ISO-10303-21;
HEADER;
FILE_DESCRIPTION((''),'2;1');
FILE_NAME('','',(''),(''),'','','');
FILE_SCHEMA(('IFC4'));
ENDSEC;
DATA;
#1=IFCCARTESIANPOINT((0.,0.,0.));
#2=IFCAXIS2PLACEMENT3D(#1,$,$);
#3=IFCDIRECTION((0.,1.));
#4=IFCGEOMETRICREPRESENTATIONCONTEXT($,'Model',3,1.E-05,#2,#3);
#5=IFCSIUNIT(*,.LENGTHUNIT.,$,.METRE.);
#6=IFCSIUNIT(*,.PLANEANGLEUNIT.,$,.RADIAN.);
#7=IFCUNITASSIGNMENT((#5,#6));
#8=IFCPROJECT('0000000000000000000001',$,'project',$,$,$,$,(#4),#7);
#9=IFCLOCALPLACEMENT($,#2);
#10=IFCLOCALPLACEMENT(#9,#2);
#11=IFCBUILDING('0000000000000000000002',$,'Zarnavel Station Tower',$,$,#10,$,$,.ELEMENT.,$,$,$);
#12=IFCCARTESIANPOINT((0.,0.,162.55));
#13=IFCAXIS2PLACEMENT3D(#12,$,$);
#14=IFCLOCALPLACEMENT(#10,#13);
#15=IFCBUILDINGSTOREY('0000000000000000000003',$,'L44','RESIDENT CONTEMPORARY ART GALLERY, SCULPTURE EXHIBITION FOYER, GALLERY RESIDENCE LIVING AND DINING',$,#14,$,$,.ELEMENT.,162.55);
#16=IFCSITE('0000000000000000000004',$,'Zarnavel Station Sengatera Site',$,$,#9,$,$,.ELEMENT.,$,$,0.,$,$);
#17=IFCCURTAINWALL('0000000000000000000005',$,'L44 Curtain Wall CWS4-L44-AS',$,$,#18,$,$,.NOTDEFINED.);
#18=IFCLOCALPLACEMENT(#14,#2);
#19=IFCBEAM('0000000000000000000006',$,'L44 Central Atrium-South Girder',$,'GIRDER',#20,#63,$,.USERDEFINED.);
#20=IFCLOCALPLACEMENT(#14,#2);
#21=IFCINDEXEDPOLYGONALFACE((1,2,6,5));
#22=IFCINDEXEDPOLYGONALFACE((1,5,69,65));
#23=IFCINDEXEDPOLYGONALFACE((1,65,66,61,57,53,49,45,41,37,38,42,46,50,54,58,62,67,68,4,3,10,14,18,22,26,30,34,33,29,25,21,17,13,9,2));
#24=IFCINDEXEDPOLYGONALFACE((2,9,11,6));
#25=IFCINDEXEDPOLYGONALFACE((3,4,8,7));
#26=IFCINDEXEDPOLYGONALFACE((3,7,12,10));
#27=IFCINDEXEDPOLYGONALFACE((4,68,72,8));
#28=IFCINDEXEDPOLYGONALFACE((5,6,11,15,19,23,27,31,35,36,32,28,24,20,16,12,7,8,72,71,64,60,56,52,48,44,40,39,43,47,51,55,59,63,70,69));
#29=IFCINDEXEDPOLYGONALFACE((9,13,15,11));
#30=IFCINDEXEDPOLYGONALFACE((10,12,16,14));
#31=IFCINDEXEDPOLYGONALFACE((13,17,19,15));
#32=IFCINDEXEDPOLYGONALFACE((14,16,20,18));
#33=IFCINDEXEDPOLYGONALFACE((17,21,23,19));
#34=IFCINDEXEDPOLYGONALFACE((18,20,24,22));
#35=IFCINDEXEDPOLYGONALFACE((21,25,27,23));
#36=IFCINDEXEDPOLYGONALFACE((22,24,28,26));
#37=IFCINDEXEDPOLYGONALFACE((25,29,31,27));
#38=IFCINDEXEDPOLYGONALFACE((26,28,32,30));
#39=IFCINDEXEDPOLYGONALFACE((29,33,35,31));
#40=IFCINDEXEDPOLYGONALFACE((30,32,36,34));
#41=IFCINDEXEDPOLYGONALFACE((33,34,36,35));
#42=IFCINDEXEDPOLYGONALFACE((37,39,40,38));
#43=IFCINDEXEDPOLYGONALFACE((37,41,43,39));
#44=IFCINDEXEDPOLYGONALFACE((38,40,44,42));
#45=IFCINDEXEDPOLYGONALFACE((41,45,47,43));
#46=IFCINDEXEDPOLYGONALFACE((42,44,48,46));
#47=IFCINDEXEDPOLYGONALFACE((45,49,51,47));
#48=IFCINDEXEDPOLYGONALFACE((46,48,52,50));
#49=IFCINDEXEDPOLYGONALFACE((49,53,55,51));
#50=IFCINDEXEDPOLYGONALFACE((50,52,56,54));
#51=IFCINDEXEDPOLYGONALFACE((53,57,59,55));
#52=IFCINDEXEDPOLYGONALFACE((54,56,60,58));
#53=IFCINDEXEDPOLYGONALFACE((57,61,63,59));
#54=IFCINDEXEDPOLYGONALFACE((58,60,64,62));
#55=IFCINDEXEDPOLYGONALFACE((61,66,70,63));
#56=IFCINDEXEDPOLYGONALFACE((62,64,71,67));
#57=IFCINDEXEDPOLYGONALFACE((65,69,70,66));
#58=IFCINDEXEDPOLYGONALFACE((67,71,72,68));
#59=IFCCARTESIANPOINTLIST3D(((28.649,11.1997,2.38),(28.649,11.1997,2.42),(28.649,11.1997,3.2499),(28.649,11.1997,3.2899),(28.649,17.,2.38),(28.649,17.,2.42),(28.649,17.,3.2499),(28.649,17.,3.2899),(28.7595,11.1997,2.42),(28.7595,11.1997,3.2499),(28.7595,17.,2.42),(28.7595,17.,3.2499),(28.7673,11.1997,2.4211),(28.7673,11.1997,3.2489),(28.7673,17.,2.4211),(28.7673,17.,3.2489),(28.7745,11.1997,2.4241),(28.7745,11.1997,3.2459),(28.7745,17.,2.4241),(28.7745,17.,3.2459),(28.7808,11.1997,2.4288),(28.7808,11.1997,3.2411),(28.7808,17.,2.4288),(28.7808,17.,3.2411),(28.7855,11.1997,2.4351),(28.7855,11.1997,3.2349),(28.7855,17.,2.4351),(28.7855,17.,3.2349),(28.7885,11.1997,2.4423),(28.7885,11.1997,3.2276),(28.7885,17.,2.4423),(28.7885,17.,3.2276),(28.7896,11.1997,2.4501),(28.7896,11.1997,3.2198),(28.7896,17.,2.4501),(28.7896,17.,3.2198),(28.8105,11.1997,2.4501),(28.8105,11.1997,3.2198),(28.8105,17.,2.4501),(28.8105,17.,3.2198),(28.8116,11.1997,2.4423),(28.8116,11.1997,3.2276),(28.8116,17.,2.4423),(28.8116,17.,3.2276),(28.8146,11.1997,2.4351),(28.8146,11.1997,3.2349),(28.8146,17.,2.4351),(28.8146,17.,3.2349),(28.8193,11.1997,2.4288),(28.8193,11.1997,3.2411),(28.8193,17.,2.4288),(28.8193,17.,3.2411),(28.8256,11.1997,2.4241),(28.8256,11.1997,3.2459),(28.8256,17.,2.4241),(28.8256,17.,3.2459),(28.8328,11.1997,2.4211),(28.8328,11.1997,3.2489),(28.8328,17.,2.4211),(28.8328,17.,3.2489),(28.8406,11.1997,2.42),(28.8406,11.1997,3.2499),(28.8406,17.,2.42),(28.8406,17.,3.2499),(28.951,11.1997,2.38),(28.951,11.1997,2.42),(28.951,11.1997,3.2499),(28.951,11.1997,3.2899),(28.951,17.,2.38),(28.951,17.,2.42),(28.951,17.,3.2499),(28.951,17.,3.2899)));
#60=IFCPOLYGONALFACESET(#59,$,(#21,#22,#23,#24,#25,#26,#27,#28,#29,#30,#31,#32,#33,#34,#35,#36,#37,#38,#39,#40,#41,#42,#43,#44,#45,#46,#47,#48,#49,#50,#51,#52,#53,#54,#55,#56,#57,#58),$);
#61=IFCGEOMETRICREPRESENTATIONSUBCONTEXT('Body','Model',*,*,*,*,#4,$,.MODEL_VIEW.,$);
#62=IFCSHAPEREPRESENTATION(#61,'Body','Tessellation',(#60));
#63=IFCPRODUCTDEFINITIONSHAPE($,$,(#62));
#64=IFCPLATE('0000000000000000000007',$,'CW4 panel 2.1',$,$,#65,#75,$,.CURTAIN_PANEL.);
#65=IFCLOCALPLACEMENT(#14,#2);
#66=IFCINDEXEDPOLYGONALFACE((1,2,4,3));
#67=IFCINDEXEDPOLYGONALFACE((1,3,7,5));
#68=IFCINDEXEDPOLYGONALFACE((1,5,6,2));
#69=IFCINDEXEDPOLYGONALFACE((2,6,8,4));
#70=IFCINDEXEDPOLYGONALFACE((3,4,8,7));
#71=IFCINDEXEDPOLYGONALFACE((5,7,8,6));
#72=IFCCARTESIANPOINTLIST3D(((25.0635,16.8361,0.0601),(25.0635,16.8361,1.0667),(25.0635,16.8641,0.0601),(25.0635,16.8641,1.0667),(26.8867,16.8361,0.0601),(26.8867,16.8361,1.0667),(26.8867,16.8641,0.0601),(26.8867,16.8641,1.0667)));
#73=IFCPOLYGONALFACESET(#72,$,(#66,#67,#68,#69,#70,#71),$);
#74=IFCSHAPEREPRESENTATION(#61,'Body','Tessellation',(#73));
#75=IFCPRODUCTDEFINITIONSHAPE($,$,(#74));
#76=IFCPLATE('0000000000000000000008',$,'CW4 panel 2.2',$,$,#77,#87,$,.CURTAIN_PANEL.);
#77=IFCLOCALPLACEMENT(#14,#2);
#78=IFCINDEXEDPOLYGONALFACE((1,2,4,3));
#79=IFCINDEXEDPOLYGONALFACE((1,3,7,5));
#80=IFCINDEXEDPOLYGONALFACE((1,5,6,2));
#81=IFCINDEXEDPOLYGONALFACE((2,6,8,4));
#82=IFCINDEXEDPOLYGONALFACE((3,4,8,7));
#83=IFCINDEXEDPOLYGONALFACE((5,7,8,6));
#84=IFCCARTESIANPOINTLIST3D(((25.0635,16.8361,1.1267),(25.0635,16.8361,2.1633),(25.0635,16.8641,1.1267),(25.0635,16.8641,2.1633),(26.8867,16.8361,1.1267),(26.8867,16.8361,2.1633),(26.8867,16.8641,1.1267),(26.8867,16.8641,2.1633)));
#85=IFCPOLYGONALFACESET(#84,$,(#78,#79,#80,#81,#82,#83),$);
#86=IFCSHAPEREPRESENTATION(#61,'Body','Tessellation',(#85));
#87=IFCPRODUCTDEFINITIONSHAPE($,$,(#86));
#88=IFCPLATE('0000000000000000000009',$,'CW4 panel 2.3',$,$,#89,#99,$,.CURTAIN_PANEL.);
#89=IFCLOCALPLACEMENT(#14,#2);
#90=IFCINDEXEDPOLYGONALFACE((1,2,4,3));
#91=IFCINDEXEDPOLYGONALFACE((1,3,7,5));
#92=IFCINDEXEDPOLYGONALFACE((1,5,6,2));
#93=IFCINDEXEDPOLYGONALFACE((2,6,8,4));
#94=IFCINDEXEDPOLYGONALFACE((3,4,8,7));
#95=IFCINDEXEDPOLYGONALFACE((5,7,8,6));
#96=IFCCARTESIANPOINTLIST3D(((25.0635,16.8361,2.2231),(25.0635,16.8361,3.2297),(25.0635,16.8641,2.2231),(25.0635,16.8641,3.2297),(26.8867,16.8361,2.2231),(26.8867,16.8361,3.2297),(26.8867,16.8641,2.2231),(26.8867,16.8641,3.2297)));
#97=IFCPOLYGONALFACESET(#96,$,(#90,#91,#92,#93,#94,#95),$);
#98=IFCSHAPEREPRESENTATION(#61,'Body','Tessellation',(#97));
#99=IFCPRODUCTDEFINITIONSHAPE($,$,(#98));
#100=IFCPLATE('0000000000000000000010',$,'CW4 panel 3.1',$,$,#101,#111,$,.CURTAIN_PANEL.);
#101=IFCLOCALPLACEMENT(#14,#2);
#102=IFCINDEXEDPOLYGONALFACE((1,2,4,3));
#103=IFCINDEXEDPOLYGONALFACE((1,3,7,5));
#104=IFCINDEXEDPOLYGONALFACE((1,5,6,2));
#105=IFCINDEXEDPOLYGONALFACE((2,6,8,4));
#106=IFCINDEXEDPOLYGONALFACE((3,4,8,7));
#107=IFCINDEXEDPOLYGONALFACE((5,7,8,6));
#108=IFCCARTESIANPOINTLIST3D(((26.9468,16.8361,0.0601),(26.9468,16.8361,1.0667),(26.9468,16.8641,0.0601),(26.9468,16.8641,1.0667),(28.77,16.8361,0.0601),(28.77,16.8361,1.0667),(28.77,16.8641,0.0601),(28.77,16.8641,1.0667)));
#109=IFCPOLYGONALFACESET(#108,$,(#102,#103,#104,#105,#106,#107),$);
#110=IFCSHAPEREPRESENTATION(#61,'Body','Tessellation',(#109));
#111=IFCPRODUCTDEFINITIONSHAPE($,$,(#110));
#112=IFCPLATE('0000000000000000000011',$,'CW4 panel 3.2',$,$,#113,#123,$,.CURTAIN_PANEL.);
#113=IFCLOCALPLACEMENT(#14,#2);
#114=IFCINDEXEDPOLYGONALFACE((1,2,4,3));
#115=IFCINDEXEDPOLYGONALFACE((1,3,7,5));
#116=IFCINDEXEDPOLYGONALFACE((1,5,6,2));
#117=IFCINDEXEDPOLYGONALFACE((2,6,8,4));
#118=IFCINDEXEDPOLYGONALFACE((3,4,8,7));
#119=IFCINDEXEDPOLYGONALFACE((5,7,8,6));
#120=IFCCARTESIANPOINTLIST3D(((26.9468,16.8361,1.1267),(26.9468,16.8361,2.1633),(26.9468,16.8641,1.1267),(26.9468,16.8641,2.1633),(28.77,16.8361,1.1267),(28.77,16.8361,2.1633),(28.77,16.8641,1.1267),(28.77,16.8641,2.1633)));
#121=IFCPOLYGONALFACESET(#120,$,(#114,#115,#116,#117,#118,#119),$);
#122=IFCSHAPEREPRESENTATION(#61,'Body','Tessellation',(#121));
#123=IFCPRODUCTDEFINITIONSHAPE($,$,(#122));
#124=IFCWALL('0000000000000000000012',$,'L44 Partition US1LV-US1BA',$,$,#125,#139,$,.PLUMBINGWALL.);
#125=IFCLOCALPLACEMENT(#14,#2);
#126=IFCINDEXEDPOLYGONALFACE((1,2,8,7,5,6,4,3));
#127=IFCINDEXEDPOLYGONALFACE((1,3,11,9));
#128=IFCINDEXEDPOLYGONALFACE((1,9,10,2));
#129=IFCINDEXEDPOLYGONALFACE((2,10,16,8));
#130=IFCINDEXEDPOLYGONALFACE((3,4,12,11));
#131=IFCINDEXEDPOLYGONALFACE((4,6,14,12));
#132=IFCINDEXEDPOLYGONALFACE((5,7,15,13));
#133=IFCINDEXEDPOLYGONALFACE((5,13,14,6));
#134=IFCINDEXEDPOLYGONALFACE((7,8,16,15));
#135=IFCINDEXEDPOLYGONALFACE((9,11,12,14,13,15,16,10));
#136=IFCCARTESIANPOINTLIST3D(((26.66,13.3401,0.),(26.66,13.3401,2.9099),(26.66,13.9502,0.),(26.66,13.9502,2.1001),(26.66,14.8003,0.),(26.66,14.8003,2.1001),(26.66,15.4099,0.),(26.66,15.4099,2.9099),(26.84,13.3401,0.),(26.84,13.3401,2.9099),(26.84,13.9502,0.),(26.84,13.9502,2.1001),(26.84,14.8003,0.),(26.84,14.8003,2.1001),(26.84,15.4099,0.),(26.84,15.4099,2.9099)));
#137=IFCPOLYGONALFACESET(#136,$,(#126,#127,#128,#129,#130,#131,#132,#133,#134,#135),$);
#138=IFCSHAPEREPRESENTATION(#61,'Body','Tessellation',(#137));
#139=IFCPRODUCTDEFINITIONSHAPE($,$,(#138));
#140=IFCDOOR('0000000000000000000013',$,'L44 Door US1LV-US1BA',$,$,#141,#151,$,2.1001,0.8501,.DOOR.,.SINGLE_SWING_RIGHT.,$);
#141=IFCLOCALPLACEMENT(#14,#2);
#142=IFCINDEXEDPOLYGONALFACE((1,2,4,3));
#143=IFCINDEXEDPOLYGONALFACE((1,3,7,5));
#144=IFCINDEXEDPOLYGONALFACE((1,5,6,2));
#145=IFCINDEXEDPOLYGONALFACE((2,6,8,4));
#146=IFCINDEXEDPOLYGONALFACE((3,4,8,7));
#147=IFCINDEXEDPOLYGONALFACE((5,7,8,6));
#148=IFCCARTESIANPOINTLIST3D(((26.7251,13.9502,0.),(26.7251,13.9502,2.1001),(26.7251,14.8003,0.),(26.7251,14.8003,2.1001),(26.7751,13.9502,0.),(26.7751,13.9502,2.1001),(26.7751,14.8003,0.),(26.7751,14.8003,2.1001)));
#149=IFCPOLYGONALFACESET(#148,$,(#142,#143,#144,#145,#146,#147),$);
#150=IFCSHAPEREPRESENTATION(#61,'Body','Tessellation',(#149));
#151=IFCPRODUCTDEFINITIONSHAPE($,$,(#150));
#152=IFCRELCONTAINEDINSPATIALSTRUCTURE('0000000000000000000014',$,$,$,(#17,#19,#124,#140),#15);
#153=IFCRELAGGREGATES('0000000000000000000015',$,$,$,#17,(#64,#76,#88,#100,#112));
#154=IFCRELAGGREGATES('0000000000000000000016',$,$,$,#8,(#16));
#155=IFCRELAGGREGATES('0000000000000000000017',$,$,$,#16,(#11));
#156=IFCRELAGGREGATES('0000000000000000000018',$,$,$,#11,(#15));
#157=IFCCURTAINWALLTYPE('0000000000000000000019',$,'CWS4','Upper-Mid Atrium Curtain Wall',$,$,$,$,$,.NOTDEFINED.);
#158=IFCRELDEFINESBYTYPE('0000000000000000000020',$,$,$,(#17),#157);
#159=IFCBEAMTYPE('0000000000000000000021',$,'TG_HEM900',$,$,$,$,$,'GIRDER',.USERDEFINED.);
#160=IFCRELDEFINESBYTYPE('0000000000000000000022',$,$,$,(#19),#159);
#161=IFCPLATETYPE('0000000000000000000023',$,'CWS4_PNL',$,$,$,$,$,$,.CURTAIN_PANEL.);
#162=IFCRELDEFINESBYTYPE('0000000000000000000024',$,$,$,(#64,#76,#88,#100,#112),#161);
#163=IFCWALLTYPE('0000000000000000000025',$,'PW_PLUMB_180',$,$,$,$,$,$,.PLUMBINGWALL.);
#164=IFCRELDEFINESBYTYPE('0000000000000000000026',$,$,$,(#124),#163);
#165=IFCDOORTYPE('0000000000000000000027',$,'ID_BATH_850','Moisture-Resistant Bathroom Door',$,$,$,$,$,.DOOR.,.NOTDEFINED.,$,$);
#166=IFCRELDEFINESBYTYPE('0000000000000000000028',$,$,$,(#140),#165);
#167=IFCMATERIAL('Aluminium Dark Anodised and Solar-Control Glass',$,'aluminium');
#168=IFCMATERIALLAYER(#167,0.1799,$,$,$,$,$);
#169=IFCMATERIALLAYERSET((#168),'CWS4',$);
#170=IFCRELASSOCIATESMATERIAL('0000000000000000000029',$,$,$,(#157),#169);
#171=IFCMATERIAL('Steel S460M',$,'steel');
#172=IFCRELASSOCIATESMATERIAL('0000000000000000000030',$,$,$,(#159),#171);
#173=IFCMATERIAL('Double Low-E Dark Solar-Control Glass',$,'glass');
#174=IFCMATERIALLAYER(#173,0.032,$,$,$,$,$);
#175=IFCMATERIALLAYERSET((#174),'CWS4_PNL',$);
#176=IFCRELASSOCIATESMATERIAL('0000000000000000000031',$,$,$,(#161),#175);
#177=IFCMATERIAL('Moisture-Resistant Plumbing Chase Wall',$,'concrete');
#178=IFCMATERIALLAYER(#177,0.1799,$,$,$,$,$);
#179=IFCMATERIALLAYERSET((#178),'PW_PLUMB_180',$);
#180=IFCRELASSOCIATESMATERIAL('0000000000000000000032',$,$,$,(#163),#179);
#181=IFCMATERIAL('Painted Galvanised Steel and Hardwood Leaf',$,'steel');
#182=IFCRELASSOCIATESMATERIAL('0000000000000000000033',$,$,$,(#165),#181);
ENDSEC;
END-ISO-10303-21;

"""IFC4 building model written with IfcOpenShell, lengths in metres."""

from ifc_helpers import new_model, si_unit, direction, frame, frame_2d, origin, origin_2d, place, context, subcontext, project, spatial, rectangle, i_section, extrude, material, layer, layer_set, material_profile, profile_set, type_object, element, fill, aggregate, save


model = new_model("IFC4")

# Units and contexts
model_context = context("Model", 3, precision=1e-05, world=origin(), true_north=direction((0.0, 1.0)))
body_context = subcontext(model_context, "Body", "Model", "MODEL_VIEW")
ifc_project = project(units=[si_unit("LENGTHUNIT", "METRE"), si_unit("PLANEANGLEUNIT", "RADIAN")], contexts=[model_context])

# Site, building, storey
site_placement = place(None, origin())
site = spatial("IfcSite", under=ifc_project, at=site_placement, Name="Zarnavel Station Sengatera Site", CompositionType="ELEMENT", RefElevation=0.0)
building_placement = place(site_placement, origin())
building = spatial("IfcBuilding", under=site, at=building_placement, Name="Zarnavel Station Tower", CompositionType="ELEMENT")
storey_placement = place(building_placement, frame((0.0, 0.0, 162.55)))
storey = spatial("IfcBuildingStorey", under=building, at=storey_placement, Name="L44", Description="RESIDENT CONTEMPORARY ART GALLERY, SCULPTURE EXHIBITION FOYER, GALLERY RESIDENCE LIVING AND DINING", CompositionType="ELEMENT", Elevation=162.55)

# Curtain wall
ifc_material_1 = material(Name="Aluminium Dark Anodised and Solar-Control Glass", Category="aluminium")
ifc_layer_1 = layer(ifc_material_1, 0.1799)
ifc_layer_set_1 = layer_set([ifc_layer_1], Name="CWS4")
curtain_wall_type = type_object("IfcCurtainWallType", Name="CWS4", Description="Upper-Mid Atrium Curtain Wall", PredefinedType="NOTDEFINED", material=ifc_layer_set_1)
curtain_wall_placement = place(storey_placement, origin())
curtain_wall = element("IfcCurtainWall", 1, at=curtain_wall_placement, inside=storey, type_object=curtain_wall_type, Name="L44 Curtain Wall CWS4-L44-AS", PredefinedType="NOTDEFINED")

# Beam
ifc_material_2 = material(Name="Steel S460M", Category="steel")
ifc_material_profile_1 = material_profile(ifc_material_2, i_section(OverallWidth=0.302, OverallDepth=0.9099, WebThickness=0.021, FlangeThickness=0.04, FilletRadius=0.03, at=origin_2d()), Name="HEM900")
ifc_profile_set_1 = profile_set([ifc_material_profile_1], Name="Steel S460M")
beam_type = type_object("IfcBeamType", Name="TG_HEM900", ElementType="GIRDER", PredefinedType="USERDEFINED", material=ifc_profile_set_1)
beam_placement = place(storey_placement, frame((28.8, 11.1997, 2.835), z_axis=(0.0, 1.0, 0.0), x_axis=(-1.0, 0.0, 0.0)))
element("IfcBeam", 2, at=beam_placement, inside=storey, type_object=beam_type, Name="L44 Central Atrium-South Girder", ObjectType="GIRDER", PredefinedType="USERDEFINED", context=body_context, shape_type="SweptSolid", body=[
    extrude(i_section(OverallWidth=0.302, OverallDepth=0.9099, WebThickness=0.021, FlangeThickness=0.04, FilletRadius=0.03, at=origin_2d()), origin(), (0.0, 0.0, 1.0), 5.8003),
])

# Plates
ifc_material_3 = material(Name="Double Low-E Dark Solar-Control Glass", Category="glass")
ifc_layer_2 = layer(ifc_material_3, 0.032)
ifc_layer_set_2 = layer_set([ifc_layer_2], Name="CWS4_PNL")
plate_type = type_object("IfcPlateType", Name="CWS4_PNL", PredefinedType="CURTAIN_PANEL", material=ifc_layer_set_2)
plate_1_placement = place(storey_placement, frame((25.9751, 16.8501, 0.0601), z_axis=(0.0, 0.0, 1.0), x_axis=(1.0, 0.0, 0.0)))
plate_1 = element("IfcPlate", 3, at=plate_1_placement, type_object=plate_type, Name="CW4 panel 2.1", PredefinedType="CURTAIN_PANEL", context=body_context, shape_type="SweptSolid", body=[
    extrude(rectangle(XDim=1.8232, YDim=0.0281, at=origin_2d()), origin(), (0.0, 0.0, 1.0), 1.0066),
])
plate_2_placement = place(storey_placement, frame((25.9751, 16.8501, 1.1267), z_axis=(0.0, 0.0, 1.0), x_axis=(1.0, 0.0, 0.0)))
plate_2 = element("IfcPlate", 4, at=plate_2_placement, type_object=plate_type, Name="CW4 panel 2.2", PredefinedType="CURTAIN_PANEL", context=body_context, shape_type="SweptSolid", body=[
    extrude(rectangle(XDim=1.8232, YDim=0.0281, at=origin_2d()), origin(), (0.0, 0.0, 1.0), 1.0366),
])
plate_3_placement = place(storey_placement, frame((25.9751, 16.8501, 2.2231), z_axis=(0.0, 0.0, 1.0), x_axis=(1.0, 0.0, 0.0)))
plate_3 = element("IfcPlate", 5, at=plate_3_placement, type_object=plate_type, Name="CW4 panel 2.3", PredefinedType="CURTAIN_PANEL", context=body_context, shape_type="SweptSolid", body=[
    extrude(rectangle(XDim=1.8232, YDim=0.0281, at=origin_2d()), origin(), (0.0, 0.0, 1.0), 1.0066),
])
plate_4_placement = place(storey_placement, frame((27.8584, 16.8501, 0.0601), z_axis=(0.0, 0.0, 1.0), x_axis=(1.0, 0.0, 0.0)))
plate_4 = element("IfcPlate", 6, at=plate_4_placement, type_object=plate_type, Name="CW4 panel 3.1", PredefinedType="CURTAIN_PANEL", context=body_context, shape_type="SweptSolid", body=[
    extrude(rectangle(XDim=1.8232, YDim=0.0281, at=origin_2d()), origin(), (0.0, 0.0, 1.0), 1.0066),
])
plate_5_placement = place(storey_placement, frame((27.8584, 16.8501, 1.1267), z_axis=(0.0, 0.0, 1.0), x_axis=(1.0, 0.0, 0.0)))
plate_5 = element("IfcPlate", 7, at=plate_5_placement, type_object=plate_type, Name="CW4 panel 3.2", PredefinedType="CURTAIN_PANEL", context=body_context, shape_type="SweptSolid", body=[
    extrude(rectangle(XDim=1.8232, YDim=0.0281, at=origin_2d()), origin(), (0.0, 0.0, 1.0), 1.0366),
])
aggregate(curtain_wall, [plate_1, plate_2, plate_3, plate_4, plate_5])

# Wall, opening, door
ifc_material_4 = material(Name="Moisture-Resistant Plumbing Chase Wall", Category="concrete")
ifc_layer_3 = layer(ifc_material_4, 0.1799)
ifc_layer_set_3 = layer_set([ifc_layer_3], Name="PW_PLUMB_180")
wall_type_1 = type_object("IfcWallType", Name="PW_PLUMB_180", PredefinedType="PLUMBINGWALL", material=ifc_layer_set_3)
wall_1_placement = place(storey_placement, frame((26.75, 13.3401, 0.0), z_axis=(0.0, 0.0, 1.0), x_axis=(0.0, 1.0, 0.0)))
wall_1 = element("IfcWall", 8, at=wall_1_placement, inside=storey, type_object=wall_type_1, Name="L44 Partition US1LV-US1BA", PredefinedType="PLUMBINGWALL", context=body_context, shape_type="SweptSolid", body=[
    extrude(rectangle(XDim=2.0698, YDim=0.1799, at=frame_2d((1.0349, 0.0))), origin(), (0.0, 0.0, 1.0), 2.9099),
])
opening_1_placement = place(wall_1_placement, frame((0.6101, 0.0, 0.0)))
opening_1 = element("IfcOpeningElement", 9, at=opening_1_placement, cuts=wall_1, PredefinedType="OPENING", context=body_context, shape_type="SweptSolid", body=[
    extrude(rectangle(XDim=0.8501, YDim=2.1001, at=frame_2d((0.425, 1.05))), frame((0.0, 0.0999, 0.0), z_axis=(0.0, -1.0, 0.0), x_axis=(1.0, 0.0, 0.0)), (0.0, 0.0, 1.0), 0.2),
])
ifc_material_5 = material(Name="Painted Galvanised Steel and Hardwood Leaf", Category="steel")
door_type_1 = type_object("IfcDoorType", Name="ID_BATH_850", Description="Moisture-Resistant Bathroom Door", OperationType="NOTDEFINED", PredefinedType="DOOR", material=ifc_material_5)
door_1_placement = place(opening_1_placement, origin())
door_1 = element("IfcDoor", 10, at=door_1_placement, inside=storey, type_object=door_type_1, Name="L44 Door US1LV-US1BA", OperationType="SINGLE_SWING_RIGHT", OverallHeight=2.1001, OverallWidth=0.8501, PredefinedType="DOOR", context=body_context, shape_type="SweptSolid", body=[
    extrude(rectangle(XDim=0.8501, YDim=2.1001, at=frame_2d((0.425, 1.05))), frame((0.0, 0.0249, 0.0), z_axis=(0.0, -1.0, 0.0), x_axis=(1.0, 0.0, 0.0)), (0.0, 0.0, 1.0), 0.05),
])
fill(opening_1, door_1)

save(model, "model.ifc")
